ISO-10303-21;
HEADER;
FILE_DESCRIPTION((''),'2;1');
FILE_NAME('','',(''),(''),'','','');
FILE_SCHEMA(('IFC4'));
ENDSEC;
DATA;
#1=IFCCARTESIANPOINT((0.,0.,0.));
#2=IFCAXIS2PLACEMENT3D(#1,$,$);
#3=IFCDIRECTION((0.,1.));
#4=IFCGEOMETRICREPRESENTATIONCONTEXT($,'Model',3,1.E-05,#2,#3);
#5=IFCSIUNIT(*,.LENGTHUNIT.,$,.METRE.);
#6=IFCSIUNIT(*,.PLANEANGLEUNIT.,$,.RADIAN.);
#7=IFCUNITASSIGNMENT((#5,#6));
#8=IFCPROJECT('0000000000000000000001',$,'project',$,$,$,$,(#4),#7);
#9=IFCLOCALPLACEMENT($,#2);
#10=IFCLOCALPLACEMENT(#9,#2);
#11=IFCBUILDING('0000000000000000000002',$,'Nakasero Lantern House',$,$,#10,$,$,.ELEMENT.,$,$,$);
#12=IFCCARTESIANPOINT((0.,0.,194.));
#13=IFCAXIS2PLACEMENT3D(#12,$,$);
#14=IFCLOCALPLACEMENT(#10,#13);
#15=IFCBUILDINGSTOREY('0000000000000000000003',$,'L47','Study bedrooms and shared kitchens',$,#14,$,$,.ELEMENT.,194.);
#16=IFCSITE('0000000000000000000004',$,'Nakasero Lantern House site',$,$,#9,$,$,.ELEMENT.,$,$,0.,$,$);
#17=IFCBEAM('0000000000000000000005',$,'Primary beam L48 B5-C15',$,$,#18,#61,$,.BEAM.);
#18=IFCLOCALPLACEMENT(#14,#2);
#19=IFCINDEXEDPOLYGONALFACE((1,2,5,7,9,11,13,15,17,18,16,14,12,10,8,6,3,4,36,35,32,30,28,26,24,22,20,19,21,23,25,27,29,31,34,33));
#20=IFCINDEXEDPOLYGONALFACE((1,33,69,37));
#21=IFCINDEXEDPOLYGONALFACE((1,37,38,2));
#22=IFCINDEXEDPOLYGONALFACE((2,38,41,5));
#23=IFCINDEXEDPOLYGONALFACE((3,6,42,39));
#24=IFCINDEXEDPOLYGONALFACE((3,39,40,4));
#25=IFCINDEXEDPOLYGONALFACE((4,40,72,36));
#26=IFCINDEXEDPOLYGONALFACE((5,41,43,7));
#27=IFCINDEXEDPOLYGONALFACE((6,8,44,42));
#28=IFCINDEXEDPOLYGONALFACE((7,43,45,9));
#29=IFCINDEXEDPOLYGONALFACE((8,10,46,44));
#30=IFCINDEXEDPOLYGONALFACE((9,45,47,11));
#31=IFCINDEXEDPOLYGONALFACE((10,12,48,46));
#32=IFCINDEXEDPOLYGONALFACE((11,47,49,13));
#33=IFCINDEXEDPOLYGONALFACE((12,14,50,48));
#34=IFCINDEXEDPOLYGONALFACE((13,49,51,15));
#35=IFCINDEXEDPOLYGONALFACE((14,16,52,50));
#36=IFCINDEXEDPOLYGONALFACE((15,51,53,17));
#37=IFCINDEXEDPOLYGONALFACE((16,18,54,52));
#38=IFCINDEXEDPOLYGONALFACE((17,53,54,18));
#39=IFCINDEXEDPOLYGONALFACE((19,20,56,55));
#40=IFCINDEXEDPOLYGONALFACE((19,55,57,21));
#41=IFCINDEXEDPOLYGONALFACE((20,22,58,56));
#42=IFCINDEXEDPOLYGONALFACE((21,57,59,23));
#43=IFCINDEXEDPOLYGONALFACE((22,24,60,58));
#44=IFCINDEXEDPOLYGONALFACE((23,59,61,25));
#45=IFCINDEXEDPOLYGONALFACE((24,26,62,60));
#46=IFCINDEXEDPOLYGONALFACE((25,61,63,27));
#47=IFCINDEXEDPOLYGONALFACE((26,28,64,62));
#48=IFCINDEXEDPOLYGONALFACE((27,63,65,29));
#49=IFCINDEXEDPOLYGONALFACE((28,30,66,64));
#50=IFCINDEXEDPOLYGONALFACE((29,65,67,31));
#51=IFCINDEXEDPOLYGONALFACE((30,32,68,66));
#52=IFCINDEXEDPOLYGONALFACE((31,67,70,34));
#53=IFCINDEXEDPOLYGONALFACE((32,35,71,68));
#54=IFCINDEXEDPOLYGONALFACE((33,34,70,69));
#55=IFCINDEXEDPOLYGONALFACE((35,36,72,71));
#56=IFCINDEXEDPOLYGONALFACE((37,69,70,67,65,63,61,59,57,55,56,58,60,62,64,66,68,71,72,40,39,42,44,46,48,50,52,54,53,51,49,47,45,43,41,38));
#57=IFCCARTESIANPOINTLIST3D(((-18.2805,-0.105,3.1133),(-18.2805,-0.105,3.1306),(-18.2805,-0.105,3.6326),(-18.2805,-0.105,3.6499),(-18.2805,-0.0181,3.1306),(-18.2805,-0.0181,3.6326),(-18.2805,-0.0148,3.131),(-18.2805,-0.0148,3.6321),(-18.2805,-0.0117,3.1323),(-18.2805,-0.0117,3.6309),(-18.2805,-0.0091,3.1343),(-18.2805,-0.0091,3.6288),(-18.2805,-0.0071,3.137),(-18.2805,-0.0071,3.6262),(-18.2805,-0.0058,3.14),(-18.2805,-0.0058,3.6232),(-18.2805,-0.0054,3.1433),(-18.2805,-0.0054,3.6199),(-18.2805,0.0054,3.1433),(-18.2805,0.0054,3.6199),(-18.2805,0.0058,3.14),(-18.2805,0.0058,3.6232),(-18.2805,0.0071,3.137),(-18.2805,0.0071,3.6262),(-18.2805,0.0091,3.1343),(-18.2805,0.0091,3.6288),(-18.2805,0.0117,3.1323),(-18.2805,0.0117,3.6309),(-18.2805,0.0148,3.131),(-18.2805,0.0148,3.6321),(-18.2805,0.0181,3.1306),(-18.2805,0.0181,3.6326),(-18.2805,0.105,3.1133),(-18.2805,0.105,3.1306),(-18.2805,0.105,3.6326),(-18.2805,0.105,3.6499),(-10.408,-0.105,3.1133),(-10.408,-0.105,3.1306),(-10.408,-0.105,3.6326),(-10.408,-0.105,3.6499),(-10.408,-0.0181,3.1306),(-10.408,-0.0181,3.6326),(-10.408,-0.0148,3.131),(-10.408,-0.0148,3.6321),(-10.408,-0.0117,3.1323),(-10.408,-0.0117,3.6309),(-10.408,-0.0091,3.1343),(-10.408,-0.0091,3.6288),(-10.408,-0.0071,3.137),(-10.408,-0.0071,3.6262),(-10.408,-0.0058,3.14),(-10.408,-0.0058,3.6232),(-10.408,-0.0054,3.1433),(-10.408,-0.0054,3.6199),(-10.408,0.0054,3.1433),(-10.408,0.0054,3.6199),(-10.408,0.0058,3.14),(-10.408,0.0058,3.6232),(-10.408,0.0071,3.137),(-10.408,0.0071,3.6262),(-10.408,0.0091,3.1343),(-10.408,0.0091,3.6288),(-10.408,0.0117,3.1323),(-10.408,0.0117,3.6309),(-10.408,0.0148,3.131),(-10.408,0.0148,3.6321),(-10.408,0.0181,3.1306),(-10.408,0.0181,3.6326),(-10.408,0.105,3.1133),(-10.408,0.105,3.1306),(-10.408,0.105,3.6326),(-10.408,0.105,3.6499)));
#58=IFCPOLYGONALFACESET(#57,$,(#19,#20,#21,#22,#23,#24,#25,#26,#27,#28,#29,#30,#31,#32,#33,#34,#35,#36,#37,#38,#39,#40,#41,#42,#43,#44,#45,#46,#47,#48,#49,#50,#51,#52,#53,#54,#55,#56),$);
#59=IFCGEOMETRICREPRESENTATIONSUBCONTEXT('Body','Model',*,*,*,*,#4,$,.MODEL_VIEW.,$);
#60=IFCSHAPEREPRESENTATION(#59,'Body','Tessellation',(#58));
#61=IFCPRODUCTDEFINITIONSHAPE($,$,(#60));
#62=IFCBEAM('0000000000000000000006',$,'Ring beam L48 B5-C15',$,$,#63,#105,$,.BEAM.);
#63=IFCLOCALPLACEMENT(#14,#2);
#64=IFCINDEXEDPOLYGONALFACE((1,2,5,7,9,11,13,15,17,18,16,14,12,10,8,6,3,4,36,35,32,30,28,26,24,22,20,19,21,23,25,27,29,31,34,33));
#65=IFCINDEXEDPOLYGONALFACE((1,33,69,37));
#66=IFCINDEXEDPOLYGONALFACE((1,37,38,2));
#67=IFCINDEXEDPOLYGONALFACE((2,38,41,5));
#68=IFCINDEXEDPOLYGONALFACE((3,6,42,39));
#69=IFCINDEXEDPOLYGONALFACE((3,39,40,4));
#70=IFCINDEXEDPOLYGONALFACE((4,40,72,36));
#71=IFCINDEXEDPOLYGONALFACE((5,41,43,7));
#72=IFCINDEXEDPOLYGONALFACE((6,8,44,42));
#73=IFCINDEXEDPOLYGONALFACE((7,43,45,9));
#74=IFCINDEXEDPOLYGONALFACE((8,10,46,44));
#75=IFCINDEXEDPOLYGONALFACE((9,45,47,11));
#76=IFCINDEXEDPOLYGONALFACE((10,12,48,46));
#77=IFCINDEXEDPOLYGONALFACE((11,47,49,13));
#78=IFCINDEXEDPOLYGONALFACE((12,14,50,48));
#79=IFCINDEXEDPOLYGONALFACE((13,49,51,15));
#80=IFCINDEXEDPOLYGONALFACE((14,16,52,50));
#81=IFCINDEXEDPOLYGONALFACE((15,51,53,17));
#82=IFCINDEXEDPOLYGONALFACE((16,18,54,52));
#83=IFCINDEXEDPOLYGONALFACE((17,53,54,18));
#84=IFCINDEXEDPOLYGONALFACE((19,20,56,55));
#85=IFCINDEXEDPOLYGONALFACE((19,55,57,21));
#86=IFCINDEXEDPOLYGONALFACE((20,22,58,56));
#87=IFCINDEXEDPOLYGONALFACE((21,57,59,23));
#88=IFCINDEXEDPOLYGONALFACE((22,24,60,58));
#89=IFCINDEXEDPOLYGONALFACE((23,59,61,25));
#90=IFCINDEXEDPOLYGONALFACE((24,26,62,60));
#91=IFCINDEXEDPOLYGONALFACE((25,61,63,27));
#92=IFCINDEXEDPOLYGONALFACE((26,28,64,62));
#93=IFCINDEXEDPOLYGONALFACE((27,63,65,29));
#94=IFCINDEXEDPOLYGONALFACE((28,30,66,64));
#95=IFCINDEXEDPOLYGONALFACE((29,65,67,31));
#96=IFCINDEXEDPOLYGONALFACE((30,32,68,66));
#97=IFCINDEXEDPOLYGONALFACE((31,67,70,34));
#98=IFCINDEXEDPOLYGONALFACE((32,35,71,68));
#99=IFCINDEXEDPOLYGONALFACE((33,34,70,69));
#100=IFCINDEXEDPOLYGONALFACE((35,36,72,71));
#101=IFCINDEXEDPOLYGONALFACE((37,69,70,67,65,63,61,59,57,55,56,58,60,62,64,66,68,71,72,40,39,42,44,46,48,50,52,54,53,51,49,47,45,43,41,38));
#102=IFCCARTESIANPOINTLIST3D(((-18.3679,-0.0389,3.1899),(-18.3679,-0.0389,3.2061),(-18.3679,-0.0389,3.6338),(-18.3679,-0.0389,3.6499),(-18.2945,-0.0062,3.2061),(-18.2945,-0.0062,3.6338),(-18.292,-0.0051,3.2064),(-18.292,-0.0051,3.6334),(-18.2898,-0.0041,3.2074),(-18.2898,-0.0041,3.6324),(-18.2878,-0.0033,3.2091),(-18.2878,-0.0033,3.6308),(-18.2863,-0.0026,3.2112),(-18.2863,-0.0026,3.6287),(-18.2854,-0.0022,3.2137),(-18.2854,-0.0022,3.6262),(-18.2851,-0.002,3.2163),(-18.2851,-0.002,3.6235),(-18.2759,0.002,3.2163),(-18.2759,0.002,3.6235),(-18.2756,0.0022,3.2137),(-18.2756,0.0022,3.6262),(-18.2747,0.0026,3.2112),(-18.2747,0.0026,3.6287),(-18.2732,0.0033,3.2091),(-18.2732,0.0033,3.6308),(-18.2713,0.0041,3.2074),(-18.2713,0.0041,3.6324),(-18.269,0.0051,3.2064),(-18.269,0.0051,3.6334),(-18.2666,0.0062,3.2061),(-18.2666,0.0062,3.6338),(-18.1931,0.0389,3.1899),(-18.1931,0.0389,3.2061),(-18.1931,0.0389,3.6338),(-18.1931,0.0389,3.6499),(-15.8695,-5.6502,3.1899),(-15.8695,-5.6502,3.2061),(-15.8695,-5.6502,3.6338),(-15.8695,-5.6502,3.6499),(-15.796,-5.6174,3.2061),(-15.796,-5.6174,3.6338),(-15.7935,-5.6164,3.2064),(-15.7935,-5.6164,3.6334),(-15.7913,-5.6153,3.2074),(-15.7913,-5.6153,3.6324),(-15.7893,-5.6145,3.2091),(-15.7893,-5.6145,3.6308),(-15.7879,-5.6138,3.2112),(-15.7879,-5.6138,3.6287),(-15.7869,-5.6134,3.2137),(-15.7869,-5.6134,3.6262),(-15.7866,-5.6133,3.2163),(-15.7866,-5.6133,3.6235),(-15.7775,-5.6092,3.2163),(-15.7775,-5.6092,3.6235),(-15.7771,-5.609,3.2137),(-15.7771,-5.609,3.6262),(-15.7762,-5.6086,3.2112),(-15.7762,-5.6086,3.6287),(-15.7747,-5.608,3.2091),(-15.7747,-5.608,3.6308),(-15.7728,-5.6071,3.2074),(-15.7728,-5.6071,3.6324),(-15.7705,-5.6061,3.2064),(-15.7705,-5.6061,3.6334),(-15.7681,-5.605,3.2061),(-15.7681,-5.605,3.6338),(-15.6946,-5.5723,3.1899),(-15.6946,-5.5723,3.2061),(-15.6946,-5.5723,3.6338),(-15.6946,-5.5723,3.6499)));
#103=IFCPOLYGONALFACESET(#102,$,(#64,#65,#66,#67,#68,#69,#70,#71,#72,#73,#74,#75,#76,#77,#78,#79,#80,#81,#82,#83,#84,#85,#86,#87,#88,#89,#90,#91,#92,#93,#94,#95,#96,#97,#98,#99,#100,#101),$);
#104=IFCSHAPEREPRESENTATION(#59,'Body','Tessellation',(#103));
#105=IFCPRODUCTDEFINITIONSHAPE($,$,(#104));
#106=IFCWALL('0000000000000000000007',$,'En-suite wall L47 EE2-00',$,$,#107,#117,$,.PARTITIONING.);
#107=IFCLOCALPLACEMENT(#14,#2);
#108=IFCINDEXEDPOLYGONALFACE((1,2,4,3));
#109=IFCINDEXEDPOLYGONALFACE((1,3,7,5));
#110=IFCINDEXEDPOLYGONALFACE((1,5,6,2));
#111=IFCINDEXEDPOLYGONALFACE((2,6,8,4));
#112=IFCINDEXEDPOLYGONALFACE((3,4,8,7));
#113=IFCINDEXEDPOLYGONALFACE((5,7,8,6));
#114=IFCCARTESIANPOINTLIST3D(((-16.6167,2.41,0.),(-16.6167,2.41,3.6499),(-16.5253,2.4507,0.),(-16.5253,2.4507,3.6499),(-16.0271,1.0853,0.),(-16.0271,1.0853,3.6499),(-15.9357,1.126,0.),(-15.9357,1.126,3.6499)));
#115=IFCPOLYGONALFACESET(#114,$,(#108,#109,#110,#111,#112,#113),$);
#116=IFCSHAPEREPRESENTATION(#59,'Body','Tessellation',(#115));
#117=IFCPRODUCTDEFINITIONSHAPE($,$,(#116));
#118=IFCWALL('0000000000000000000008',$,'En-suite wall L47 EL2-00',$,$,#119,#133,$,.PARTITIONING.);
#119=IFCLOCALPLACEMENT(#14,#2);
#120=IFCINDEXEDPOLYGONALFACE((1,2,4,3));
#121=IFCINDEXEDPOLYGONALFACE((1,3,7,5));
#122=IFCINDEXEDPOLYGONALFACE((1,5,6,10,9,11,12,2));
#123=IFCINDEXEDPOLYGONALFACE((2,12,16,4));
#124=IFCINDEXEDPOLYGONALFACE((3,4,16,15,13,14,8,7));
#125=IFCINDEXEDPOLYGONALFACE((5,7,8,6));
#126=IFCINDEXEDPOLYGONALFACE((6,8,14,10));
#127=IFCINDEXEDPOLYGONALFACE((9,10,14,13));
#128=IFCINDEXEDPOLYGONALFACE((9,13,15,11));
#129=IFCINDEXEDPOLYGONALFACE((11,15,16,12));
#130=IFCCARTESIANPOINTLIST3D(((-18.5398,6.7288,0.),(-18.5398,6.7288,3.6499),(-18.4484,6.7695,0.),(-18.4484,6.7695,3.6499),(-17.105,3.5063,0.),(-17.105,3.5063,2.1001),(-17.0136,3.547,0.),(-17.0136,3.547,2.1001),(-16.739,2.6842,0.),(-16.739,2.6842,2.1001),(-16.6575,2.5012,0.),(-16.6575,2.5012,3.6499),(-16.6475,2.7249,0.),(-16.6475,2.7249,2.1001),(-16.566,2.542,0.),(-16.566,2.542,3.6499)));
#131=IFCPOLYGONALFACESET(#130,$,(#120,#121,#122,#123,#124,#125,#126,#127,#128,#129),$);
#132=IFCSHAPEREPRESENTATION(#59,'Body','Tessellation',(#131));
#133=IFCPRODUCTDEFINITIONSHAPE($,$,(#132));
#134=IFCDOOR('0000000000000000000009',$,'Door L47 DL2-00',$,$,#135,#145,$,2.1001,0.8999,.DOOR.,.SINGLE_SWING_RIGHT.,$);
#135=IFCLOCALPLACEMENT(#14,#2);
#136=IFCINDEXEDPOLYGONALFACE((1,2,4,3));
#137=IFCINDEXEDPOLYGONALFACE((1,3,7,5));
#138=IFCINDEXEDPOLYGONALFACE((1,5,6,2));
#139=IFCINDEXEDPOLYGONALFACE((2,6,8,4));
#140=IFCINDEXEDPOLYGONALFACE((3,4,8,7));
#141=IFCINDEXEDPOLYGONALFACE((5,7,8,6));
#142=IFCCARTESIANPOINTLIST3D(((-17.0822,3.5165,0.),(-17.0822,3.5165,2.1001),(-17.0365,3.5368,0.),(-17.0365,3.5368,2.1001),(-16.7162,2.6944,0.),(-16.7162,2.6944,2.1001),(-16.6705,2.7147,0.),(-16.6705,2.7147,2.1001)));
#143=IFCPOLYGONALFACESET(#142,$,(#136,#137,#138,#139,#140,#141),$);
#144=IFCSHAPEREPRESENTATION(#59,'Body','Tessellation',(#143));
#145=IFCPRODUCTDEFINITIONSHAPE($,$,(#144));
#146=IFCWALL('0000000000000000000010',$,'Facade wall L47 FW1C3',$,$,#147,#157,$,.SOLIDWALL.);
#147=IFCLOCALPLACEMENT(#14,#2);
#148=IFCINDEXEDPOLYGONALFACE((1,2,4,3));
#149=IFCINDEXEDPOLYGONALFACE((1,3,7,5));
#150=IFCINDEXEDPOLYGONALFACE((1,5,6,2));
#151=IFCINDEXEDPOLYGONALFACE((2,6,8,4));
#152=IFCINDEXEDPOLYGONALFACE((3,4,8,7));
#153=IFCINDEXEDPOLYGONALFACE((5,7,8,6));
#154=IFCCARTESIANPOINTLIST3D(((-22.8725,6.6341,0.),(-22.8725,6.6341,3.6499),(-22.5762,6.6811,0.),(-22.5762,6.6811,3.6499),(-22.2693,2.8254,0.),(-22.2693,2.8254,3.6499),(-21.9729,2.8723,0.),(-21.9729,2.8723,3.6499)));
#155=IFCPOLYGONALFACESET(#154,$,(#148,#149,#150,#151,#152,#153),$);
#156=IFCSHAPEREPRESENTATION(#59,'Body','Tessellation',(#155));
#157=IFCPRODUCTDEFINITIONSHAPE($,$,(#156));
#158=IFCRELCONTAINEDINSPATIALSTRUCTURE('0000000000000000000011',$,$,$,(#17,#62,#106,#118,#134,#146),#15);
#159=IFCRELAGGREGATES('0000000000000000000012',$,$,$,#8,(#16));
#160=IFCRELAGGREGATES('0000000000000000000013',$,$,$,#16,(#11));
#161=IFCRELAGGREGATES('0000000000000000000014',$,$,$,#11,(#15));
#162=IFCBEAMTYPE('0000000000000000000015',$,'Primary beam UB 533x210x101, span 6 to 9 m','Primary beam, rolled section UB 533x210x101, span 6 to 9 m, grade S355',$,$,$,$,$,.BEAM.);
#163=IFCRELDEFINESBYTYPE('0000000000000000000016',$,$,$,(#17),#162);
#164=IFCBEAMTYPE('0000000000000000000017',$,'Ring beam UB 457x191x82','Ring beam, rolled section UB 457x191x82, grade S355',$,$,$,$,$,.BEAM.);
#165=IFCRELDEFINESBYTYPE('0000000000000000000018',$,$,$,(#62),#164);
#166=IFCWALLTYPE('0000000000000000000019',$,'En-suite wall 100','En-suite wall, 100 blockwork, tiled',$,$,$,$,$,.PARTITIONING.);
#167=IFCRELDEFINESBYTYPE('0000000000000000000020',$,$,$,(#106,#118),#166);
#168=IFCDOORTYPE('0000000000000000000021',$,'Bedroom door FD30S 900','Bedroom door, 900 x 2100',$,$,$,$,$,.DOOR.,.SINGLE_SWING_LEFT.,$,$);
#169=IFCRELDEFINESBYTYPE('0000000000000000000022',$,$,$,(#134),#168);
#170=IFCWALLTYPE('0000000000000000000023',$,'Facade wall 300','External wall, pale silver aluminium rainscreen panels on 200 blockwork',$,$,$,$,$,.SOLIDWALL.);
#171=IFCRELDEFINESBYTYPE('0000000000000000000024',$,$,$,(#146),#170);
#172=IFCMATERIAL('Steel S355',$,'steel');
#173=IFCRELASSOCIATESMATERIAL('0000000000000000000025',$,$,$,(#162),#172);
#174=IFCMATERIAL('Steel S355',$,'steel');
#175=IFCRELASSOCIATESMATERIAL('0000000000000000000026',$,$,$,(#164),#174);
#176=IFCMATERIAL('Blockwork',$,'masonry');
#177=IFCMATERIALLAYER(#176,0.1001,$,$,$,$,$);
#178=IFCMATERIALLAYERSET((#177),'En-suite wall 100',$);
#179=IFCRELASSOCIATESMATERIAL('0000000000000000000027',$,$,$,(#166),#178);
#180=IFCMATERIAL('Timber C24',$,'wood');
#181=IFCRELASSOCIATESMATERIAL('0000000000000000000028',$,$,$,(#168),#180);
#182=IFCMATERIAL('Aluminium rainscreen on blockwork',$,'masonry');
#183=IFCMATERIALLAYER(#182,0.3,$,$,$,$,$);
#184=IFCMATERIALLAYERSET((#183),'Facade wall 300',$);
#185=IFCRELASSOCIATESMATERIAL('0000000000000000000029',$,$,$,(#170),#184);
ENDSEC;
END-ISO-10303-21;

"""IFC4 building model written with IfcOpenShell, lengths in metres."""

from ifc_helpers import new_model, si_unit, direction, frame, frame_2d, origin, origin_2d, place, context, subcontext, project, spatial, rectangle, i_section, extrude, material, layer, layer_set, material_profile, profile_set, type_object, element, fill, save


model = new_model("IFC4")

# Units and contexts
model_context = context("Model", 3, precision=1e-05, world=origin(), true_north=direction((0.0, 1.0)))
body_context = subcontext(model_context, "Body", "Model", "MODEL_VIEW")
ifc_project = project(units=[si_unit("LENGTHUNIT", "METRE"), si_unit("PLANEANGLEUNIT", "RADIAN")], contexts=[model_context])

# Site, building, storey
site_placement = place(None, origin())
site = spatial("IfcSite", under=ifc_project, at=site_placement, Name="Nakasero Lantern House site", CompositionType="ELEMENT", RefElevation=0.0)
building_placement = place(site_placement, origin())
building = spatial("IfcBuilding", under=site, at=building_placement, Name="Nakasero Lantern House", CompositionType="ELEMENT")
storey_placement = place(building_placement, frame((0.0, 0.0, 194.0)))
storey = spatial("IfcBuildingStorey", under=building, at=storey_placement, Name="L47", Description="Study bedrooms and shared kitchens", CompositionType="ELEMENT", Elevation=194.0)

# Beams
ifc_material_1 = material(Name="Steel S355", Category="steel")
ifc_material_profile_1 = material_profile(ifc_material_1, i_section(OverallWidth=0.21, OverallDepth=0.5366, WebThickness=0.0107, FlangeThickness=0.0173, FilletRadius=0.0127, at=origin_2d()), Name="UB 533x210x101")
ifc_profile_set_1 = profile_set([ifc_material_profile_1], Name="Steel S355")
beam_type_1 = type_object("IfcBeamType", Name="Primary beam UB 533x210x101, span 6 to 9 m", Description="Primary beam, rolled section UB 533x210x101, span 6 to 9 m, grade S355", PredefinedType="BEAM", material=ifc_profile_set_1)
beam_1_placement = place(storey_placement, frame((-18.2805, 0.0, 3.3816), z_axis=(1.0, 0.0, 0.0), x_axis=(0.0, 1.0, 0.0)))
element("IfcBeam", 1, at=beam_1_placement, inside=storey, type_object=beam_type_1, Name="Primary beam L48 B5-C15", PredefinedType="BEAM", context=body_context, shape_type="SweptSolid", body=[
    extrude(i_section(OverallWidth=0.21, OverallDepth=0.5366, WebThickness=0.0107, FlangeThickness=0.0173, FilletRadius=0.0127, at=origin_2d()), origin(), (0.0, 0.0, 1.0), 7.8726),
])
ifc_material_2 = material(Name="Steel S355", Category="steel")
ifc_material_profile_2 = material_profile(ifc_material_2, i_section(OverallWidth=0.1914, OverallDepth=0.46, WebThickness=0.01, FlangeThickness=0.0161, FilletRadius=0.0103, at=origin_2d()), Name="UB 457x191x82")
ifc_profile_set_2 = profile_set([ifc_material_profile_2], Name="Steel S355")
beam_type_2 = type_object("IfcBeamType", Name="Ring beam UB 457x191x82", Description="Ring beam, rolled section UB 457x191x82, grade S355", PredefinedType="BEAM", material=ifc_profile_set_2)
beam_2_placement = place(storey_placement, frame((-18.2805, 0.0, 3.4199), z_axis=(0.406765, -0.913533, 0.0), x_axis=(0.913533, 0.406765, 0.0)))
element("IfcBeam", 2, at=beam_2_placement, inside=storey, type_object=beam_type_2, Name="Ring beam L48 B5-C15", PredefinedType="BEAM", context=body_context, shape_type="SweptSolid", body=[
    extrude(i_section(OverallWidth=0.1914, OverallDepth=0.46, WebThickness=0.01, FlangeThickness=0.0161, FilletRadius=0.0103, at=origin_2d()), origin(), (0.0, 0.0, 1.0), 6.1423),
])

# Wall
ifc_material_3 = material(Name="Blockwork", Category="masonry")
ifc_layer_1 = layer(ifc_material_3, 0.1001)
ifc_layer_set_1 = layer_set([ifc_layer_1], Name="En-suite wall 100")
wall_type_1 = type_object("IfcWallType", Name="En-suite wall 100", Description="En-suite wall, 100 blockwork, tiled", PredefinedType="PARTITIONING", material=ifc_layer_set_1)
wall_1_placement = place(storey_placement, frame((-16.571, 2.4304, 0.0), z_axis=(0.0, 0.0, 1.0), x_axis=(0.406623, -0.913596, 0.0)))
element("IfcWall", 3, at=wall_1_placement, inside=storey, type_object=wall_type_1, Name="En-suite wall L47 EE2-00", PredefinedType="PARTITIONING", context=body_context, shape_type="SweptSolid", body=[
    extrude(rectangle(XDim=1.45, YDim=0.1001, at=frame_2d((0.7251, 0.0))), origin(), (0.0, 0.0, 1.0), 3.6499),
])

# Wall, opening, door
wall_2_placement = place(storey_placement, frame((-18.4941, 6.7493, 0.0), z_axis=(0.0, 0.0, 1.0), x_axis=(0.406755, -0.913537, 0.0)))
wall_2 = element("IfcWall", 4, at=wall_2_placement, inside=storey, type_object=wall_type_1, Name="En-suite wall L47 EL2-00", PredefinedType="PARTITIONING", context=body_context, shape_type="SweptSolid", body=[
    extrude(rectangle(XDim=4.6277, YDim=0.1001, at=frame_2d((2.314, 0.0))), origin(), (0.0, 0.0, 1.0), 3.6499),
])
opening_1_placement = place(wall_2_placement, frame((3.5276, 0.0, 0.0)))
opening_1 = element("IfcOpeningElement", 5, at=opening_1_placement, cuts=wall_2, PredefinedType="OPENING", context=body_context, shape_type="SweptSolid", body=[
    extrude(rectangle(XDim=0.8999, YDim=2.1001, at=frame_2d((0.45, 1.05))), frame((0.0, 0.0701, 0.0), z_axis=(0.0, -1.0, 0.0), x_axis=(1.0, 0.0, 0.0)), (0.0, 0.0, 1.0), 0.1401),
])
ifc_material_4 = material(Name="Timber C24", Category="wood")
door_type_1 = type_object("IfcDoorType", Name="Bedroom door FD30S 900", Description="Bedroom door, 900 x 2100", OperationType="SINGLE_SWING_LEFT", PredefinedType="DOOR", material=ifc_material_4)
door_1_placement = place(opening_1_placement, origin())
door_1 = element("IfcDoor", 6, at=door_1_placement, inside=storey, type_object=door_type_1, Name="Door L47 DL2-00", OperationType="SINGLE_SWING_RIGHT", OverallHeight=2.1001, OverallWidth=0.8999, PredefinedType="DOOR", context=body_context, shape_type="SweptSolid", body=[
    extrude(rectangle(XDim=0.8999, YDim=2.1001, at=frame_2d((0.45, 1.05))), frame((0.0, 0.0249, 0.0), z_axis=(0.0, -1.0, 0.0), x_axis=(1.0, 0.0, 0.0)), (0.0, 0.0, 1.0), 0.05),
])
fill(opening_1, door_1)

# Wall
ifc_material_5 = material(Name="Aluminium rainscreen on blockwork", Category="masonry")
ifc_layer_2 = layer(ifc_material_5, 0.3)
ifc_layer_set_2 = layer_set([ifc_layer_2], Name="Facade wall 300")
wall_type_2 = type_object("IfcWallType", Name="Facade wall 300", Description="External wall, pale silver aluminium rainscreen panels on 200 blockwork", PredefinedType="SOLIDWALL", material=ifc_layer_set_2)
wall_3_placement = place(storey_placement, frame((-22.7244, 6.6577, 0.0), z_axis=(0.0, 0.0, 1.0), x_axis=(0.156437, -0.987688, 0.0)))
element("IfcWall", 7, at=wall_3_placement, inside=storey, type_object=wall_type_2, Name="Facade wall L47 FW1C3", PredefinedType="SOLIDWALL", context=body_context, shape_type="SweptSolid", body=[
    extrude(rectangle(XDim=3.8562, YDim=0.3, at=frame_2d((1.9282, 0.0))), origin(), (0.0, 0.0, 1.0), 3.6499),
])

save(model, "model.ifc")
